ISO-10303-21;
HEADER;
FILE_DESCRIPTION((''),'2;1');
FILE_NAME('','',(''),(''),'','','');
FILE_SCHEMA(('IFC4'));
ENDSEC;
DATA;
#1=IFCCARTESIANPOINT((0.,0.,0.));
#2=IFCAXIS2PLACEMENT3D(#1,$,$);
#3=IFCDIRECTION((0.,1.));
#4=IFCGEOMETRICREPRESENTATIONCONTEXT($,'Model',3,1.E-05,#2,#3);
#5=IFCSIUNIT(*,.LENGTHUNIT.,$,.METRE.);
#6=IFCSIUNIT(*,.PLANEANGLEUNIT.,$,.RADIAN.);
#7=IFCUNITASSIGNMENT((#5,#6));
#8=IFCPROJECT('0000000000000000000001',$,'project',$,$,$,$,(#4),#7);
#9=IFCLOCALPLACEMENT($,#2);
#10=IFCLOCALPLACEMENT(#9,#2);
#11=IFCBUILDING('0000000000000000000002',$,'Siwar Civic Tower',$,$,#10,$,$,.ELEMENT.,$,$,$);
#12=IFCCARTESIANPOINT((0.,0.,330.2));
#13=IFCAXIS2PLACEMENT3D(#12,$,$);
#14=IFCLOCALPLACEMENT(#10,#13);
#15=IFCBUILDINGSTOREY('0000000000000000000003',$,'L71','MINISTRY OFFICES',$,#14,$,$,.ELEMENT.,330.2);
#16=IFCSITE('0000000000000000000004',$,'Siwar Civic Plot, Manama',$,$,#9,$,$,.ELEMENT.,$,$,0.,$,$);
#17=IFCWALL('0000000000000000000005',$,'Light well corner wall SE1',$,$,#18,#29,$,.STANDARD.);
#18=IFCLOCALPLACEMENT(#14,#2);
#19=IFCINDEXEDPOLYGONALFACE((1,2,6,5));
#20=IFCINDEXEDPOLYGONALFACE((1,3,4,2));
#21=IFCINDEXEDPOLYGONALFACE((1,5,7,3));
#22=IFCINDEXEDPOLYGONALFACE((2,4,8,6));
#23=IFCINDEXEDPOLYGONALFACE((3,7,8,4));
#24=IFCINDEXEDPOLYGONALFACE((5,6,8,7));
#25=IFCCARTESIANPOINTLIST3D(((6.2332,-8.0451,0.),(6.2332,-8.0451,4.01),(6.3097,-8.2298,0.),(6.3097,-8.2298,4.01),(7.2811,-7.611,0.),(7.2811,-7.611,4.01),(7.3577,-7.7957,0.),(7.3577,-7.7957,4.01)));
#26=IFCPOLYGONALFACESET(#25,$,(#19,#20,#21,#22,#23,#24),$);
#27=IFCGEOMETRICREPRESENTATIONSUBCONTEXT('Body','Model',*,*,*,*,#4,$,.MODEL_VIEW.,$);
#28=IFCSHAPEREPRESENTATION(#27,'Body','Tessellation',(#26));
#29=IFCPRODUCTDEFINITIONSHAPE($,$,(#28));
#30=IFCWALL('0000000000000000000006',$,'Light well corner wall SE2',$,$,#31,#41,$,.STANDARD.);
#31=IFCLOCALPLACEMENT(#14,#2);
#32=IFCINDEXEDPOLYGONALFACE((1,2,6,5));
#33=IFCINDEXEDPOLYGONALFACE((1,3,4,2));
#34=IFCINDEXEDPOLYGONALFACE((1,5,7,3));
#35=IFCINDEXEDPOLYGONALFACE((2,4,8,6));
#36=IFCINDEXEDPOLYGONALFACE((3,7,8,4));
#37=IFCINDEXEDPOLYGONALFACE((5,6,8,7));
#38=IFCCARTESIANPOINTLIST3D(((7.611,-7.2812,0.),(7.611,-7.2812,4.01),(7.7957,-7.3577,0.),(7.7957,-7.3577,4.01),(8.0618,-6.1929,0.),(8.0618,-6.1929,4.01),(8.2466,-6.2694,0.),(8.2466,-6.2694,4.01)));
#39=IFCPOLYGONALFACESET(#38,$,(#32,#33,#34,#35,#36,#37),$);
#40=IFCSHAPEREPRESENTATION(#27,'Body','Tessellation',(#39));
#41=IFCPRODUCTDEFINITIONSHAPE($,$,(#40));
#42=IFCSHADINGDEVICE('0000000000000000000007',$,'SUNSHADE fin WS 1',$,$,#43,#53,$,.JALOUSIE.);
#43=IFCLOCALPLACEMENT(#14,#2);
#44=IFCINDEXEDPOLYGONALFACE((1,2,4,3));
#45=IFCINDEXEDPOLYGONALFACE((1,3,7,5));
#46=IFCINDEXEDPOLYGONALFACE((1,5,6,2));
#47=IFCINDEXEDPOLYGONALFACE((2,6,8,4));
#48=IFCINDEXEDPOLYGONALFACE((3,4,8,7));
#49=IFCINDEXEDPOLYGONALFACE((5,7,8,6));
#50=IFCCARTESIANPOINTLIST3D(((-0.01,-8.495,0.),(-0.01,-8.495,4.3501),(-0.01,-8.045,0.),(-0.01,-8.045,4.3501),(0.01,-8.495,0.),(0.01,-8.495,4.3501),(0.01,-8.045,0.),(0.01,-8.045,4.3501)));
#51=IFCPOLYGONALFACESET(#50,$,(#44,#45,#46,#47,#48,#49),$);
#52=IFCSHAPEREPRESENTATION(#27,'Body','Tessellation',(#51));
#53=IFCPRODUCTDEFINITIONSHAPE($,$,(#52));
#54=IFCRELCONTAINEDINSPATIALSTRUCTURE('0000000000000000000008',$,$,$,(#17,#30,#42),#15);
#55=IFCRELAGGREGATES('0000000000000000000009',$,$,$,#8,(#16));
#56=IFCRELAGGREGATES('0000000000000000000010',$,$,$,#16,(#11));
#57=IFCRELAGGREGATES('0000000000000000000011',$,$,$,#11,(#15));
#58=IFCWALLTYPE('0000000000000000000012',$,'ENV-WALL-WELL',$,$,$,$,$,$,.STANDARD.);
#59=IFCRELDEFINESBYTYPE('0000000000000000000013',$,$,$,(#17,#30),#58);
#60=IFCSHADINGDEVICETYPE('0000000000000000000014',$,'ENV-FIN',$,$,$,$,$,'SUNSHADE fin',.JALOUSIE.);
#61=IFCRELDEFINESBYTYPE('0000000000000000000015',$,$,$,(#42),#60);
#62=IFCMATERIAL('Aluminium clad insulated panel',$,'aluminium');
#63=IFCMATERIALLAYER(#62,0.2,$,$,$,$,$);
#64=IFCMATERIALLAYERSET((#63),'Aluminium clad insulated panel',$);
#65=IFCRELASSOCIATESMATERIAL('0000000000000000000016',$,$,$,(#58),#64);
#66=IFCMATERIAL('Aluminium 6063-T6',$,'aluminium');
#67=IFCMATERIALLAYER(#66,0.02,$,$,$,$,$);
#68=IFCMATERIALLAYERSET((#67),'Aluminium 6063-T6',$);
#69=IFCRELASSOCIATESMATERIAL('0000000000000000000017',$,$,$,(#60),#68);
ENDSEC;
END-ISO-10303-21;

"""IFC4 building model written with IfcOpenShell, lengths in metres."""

from ifc_helpers import new_model, si_unit, direction, frame, frame_2d, origin, origin_2d, place, context, subcontext, project, spatial, rectangle, extrude, material, layer, layer_set, type_object, element, save


model = new_model("IFC4")

# Units and contexts
model_context = context("Model", 3, precision=1e-05, world=origin(), true_north=direction((0.0, 1.0)))
body_context = subcontext(model_context, "Body", "Model", "MODEL_VIEW")
ifc_project = project(units=[si_unit("LENGTHUNIT", "METRE"), si_unit("PLANEANGLEUNIT", "RADIAN")], contexts=[model_context])

# Site, building, storey
site_placement = place(None, origin())
site = spatial("IfcSite", under=ifc_project, at=site_placement, Name="Siwar Civic Plot, Manama", CompositionType="ELEMENT", RefElevation=0.0)
building_placement = place(site_placement, origin())
building = spatial("IfcBuilding", under=site, at=building_placement, Name="Siwar Civic Tower", CompositionType="ELEMENT")
storey_placement = place(building_placement, frame((0.0, 0.0, 330.2)))
storey = spatial("IfcBuildingStorey", under=building, at=storey_placement, Name="L71", Description="MINISTRY OFFICES", CompositionType="ELEMENT", Elevation=330.2)

# Walls
ifc_material_1 = material(Name="Aluminium clad insulated panel", Category="aluminium")
ifc_layer_1 = layer(ifc_material_1, 0.2)
ifc_layer_set_1 = layer_set([ifc_layer_1], Name="Aluminium clad insulated panel")
wall_type_1 = type_object("IfcWallType", Name="ENV-WALL-WELL", PredefinedType="STANDARD", material=ifc_layer_set_1)
wall_1_placement = place(storey_placement, frame((6.2715, -8.1375, 0.0), z_axis=(0.0, 0.0, 1.0), x_axis=(0.923865, 0.382719, 0.0)))
element("IfcWall", 1, at=wall_1_placement, inside=storey, type_object=wall_type_1, Name="Light well corner wall SE1", PredefinedType="STANDARD", context=body_context, shape_type="SweptSolid", body=[
    extrude(rectangle(XDim=1.1343, YDim=0.2, at=frame_2d((0.5671, 0.0))), origin(), (0.0, 0.0, 1.0), 4.01),
])
wall_2_placement = place(storey_placement, frame((7.7034, -7.3193, 0.0), z_axis=(0.0, 0.0, 1.0), x_axis=(0.382761, 0.923848, 0.0)))
element("IfcWall", 2, at=wall_2_placement, inside=storey, type_object=wall_type_1, Name="Light well corner wall SE2", PredefinedType="STANDARD", context=body_context, shape_type="SweptSolid", body=[
    extrude(rectangle(XDim=1.178, YDim=0.2, at=frame_2d((0.5889, 0.0))), origin(), (0.0, 0.0, 1.0), 4.01),
])

# Shading device
ifc_material_2 = material(Name="Aluminium 6063-T6", Category="aluminium")
ifc_layer_2 = layer(ifc_material_2, 0.02)
ifc_layer_set_2 = layer_set([ifc_layer_2], Name="Aluminium 6063-T6")
shading_device_type = type_object("IfcShadingDeviceType", Name="ENV-FIN", ElementType="SUNSHADE fin", PredefinedType="JALOUSIE", material=ifc_layer_set_2)
shading_device_placement = place(storey_placement, frame((0.0, -8.27, 0.0), z_axis=(0.0, 0.0, 1.0), x_axis=(1.0, 0.0, 0.0)))
element("IfcShadingDevice", 3, at=shading_device_placement, inside=storey, type_object=shading_device_type, Name="SUNSHADE fin WS 1", PredefinedType="JALOUSIE", context=body_context, shape_type="SweptSolid", body=[
    extrude(rectangle(XDim=0.02, YDim=0.45, at=origin_2d()), origin(), (0.0, 0.0, 1.0), 4.3501),
])

save(model, "model.ifc")
